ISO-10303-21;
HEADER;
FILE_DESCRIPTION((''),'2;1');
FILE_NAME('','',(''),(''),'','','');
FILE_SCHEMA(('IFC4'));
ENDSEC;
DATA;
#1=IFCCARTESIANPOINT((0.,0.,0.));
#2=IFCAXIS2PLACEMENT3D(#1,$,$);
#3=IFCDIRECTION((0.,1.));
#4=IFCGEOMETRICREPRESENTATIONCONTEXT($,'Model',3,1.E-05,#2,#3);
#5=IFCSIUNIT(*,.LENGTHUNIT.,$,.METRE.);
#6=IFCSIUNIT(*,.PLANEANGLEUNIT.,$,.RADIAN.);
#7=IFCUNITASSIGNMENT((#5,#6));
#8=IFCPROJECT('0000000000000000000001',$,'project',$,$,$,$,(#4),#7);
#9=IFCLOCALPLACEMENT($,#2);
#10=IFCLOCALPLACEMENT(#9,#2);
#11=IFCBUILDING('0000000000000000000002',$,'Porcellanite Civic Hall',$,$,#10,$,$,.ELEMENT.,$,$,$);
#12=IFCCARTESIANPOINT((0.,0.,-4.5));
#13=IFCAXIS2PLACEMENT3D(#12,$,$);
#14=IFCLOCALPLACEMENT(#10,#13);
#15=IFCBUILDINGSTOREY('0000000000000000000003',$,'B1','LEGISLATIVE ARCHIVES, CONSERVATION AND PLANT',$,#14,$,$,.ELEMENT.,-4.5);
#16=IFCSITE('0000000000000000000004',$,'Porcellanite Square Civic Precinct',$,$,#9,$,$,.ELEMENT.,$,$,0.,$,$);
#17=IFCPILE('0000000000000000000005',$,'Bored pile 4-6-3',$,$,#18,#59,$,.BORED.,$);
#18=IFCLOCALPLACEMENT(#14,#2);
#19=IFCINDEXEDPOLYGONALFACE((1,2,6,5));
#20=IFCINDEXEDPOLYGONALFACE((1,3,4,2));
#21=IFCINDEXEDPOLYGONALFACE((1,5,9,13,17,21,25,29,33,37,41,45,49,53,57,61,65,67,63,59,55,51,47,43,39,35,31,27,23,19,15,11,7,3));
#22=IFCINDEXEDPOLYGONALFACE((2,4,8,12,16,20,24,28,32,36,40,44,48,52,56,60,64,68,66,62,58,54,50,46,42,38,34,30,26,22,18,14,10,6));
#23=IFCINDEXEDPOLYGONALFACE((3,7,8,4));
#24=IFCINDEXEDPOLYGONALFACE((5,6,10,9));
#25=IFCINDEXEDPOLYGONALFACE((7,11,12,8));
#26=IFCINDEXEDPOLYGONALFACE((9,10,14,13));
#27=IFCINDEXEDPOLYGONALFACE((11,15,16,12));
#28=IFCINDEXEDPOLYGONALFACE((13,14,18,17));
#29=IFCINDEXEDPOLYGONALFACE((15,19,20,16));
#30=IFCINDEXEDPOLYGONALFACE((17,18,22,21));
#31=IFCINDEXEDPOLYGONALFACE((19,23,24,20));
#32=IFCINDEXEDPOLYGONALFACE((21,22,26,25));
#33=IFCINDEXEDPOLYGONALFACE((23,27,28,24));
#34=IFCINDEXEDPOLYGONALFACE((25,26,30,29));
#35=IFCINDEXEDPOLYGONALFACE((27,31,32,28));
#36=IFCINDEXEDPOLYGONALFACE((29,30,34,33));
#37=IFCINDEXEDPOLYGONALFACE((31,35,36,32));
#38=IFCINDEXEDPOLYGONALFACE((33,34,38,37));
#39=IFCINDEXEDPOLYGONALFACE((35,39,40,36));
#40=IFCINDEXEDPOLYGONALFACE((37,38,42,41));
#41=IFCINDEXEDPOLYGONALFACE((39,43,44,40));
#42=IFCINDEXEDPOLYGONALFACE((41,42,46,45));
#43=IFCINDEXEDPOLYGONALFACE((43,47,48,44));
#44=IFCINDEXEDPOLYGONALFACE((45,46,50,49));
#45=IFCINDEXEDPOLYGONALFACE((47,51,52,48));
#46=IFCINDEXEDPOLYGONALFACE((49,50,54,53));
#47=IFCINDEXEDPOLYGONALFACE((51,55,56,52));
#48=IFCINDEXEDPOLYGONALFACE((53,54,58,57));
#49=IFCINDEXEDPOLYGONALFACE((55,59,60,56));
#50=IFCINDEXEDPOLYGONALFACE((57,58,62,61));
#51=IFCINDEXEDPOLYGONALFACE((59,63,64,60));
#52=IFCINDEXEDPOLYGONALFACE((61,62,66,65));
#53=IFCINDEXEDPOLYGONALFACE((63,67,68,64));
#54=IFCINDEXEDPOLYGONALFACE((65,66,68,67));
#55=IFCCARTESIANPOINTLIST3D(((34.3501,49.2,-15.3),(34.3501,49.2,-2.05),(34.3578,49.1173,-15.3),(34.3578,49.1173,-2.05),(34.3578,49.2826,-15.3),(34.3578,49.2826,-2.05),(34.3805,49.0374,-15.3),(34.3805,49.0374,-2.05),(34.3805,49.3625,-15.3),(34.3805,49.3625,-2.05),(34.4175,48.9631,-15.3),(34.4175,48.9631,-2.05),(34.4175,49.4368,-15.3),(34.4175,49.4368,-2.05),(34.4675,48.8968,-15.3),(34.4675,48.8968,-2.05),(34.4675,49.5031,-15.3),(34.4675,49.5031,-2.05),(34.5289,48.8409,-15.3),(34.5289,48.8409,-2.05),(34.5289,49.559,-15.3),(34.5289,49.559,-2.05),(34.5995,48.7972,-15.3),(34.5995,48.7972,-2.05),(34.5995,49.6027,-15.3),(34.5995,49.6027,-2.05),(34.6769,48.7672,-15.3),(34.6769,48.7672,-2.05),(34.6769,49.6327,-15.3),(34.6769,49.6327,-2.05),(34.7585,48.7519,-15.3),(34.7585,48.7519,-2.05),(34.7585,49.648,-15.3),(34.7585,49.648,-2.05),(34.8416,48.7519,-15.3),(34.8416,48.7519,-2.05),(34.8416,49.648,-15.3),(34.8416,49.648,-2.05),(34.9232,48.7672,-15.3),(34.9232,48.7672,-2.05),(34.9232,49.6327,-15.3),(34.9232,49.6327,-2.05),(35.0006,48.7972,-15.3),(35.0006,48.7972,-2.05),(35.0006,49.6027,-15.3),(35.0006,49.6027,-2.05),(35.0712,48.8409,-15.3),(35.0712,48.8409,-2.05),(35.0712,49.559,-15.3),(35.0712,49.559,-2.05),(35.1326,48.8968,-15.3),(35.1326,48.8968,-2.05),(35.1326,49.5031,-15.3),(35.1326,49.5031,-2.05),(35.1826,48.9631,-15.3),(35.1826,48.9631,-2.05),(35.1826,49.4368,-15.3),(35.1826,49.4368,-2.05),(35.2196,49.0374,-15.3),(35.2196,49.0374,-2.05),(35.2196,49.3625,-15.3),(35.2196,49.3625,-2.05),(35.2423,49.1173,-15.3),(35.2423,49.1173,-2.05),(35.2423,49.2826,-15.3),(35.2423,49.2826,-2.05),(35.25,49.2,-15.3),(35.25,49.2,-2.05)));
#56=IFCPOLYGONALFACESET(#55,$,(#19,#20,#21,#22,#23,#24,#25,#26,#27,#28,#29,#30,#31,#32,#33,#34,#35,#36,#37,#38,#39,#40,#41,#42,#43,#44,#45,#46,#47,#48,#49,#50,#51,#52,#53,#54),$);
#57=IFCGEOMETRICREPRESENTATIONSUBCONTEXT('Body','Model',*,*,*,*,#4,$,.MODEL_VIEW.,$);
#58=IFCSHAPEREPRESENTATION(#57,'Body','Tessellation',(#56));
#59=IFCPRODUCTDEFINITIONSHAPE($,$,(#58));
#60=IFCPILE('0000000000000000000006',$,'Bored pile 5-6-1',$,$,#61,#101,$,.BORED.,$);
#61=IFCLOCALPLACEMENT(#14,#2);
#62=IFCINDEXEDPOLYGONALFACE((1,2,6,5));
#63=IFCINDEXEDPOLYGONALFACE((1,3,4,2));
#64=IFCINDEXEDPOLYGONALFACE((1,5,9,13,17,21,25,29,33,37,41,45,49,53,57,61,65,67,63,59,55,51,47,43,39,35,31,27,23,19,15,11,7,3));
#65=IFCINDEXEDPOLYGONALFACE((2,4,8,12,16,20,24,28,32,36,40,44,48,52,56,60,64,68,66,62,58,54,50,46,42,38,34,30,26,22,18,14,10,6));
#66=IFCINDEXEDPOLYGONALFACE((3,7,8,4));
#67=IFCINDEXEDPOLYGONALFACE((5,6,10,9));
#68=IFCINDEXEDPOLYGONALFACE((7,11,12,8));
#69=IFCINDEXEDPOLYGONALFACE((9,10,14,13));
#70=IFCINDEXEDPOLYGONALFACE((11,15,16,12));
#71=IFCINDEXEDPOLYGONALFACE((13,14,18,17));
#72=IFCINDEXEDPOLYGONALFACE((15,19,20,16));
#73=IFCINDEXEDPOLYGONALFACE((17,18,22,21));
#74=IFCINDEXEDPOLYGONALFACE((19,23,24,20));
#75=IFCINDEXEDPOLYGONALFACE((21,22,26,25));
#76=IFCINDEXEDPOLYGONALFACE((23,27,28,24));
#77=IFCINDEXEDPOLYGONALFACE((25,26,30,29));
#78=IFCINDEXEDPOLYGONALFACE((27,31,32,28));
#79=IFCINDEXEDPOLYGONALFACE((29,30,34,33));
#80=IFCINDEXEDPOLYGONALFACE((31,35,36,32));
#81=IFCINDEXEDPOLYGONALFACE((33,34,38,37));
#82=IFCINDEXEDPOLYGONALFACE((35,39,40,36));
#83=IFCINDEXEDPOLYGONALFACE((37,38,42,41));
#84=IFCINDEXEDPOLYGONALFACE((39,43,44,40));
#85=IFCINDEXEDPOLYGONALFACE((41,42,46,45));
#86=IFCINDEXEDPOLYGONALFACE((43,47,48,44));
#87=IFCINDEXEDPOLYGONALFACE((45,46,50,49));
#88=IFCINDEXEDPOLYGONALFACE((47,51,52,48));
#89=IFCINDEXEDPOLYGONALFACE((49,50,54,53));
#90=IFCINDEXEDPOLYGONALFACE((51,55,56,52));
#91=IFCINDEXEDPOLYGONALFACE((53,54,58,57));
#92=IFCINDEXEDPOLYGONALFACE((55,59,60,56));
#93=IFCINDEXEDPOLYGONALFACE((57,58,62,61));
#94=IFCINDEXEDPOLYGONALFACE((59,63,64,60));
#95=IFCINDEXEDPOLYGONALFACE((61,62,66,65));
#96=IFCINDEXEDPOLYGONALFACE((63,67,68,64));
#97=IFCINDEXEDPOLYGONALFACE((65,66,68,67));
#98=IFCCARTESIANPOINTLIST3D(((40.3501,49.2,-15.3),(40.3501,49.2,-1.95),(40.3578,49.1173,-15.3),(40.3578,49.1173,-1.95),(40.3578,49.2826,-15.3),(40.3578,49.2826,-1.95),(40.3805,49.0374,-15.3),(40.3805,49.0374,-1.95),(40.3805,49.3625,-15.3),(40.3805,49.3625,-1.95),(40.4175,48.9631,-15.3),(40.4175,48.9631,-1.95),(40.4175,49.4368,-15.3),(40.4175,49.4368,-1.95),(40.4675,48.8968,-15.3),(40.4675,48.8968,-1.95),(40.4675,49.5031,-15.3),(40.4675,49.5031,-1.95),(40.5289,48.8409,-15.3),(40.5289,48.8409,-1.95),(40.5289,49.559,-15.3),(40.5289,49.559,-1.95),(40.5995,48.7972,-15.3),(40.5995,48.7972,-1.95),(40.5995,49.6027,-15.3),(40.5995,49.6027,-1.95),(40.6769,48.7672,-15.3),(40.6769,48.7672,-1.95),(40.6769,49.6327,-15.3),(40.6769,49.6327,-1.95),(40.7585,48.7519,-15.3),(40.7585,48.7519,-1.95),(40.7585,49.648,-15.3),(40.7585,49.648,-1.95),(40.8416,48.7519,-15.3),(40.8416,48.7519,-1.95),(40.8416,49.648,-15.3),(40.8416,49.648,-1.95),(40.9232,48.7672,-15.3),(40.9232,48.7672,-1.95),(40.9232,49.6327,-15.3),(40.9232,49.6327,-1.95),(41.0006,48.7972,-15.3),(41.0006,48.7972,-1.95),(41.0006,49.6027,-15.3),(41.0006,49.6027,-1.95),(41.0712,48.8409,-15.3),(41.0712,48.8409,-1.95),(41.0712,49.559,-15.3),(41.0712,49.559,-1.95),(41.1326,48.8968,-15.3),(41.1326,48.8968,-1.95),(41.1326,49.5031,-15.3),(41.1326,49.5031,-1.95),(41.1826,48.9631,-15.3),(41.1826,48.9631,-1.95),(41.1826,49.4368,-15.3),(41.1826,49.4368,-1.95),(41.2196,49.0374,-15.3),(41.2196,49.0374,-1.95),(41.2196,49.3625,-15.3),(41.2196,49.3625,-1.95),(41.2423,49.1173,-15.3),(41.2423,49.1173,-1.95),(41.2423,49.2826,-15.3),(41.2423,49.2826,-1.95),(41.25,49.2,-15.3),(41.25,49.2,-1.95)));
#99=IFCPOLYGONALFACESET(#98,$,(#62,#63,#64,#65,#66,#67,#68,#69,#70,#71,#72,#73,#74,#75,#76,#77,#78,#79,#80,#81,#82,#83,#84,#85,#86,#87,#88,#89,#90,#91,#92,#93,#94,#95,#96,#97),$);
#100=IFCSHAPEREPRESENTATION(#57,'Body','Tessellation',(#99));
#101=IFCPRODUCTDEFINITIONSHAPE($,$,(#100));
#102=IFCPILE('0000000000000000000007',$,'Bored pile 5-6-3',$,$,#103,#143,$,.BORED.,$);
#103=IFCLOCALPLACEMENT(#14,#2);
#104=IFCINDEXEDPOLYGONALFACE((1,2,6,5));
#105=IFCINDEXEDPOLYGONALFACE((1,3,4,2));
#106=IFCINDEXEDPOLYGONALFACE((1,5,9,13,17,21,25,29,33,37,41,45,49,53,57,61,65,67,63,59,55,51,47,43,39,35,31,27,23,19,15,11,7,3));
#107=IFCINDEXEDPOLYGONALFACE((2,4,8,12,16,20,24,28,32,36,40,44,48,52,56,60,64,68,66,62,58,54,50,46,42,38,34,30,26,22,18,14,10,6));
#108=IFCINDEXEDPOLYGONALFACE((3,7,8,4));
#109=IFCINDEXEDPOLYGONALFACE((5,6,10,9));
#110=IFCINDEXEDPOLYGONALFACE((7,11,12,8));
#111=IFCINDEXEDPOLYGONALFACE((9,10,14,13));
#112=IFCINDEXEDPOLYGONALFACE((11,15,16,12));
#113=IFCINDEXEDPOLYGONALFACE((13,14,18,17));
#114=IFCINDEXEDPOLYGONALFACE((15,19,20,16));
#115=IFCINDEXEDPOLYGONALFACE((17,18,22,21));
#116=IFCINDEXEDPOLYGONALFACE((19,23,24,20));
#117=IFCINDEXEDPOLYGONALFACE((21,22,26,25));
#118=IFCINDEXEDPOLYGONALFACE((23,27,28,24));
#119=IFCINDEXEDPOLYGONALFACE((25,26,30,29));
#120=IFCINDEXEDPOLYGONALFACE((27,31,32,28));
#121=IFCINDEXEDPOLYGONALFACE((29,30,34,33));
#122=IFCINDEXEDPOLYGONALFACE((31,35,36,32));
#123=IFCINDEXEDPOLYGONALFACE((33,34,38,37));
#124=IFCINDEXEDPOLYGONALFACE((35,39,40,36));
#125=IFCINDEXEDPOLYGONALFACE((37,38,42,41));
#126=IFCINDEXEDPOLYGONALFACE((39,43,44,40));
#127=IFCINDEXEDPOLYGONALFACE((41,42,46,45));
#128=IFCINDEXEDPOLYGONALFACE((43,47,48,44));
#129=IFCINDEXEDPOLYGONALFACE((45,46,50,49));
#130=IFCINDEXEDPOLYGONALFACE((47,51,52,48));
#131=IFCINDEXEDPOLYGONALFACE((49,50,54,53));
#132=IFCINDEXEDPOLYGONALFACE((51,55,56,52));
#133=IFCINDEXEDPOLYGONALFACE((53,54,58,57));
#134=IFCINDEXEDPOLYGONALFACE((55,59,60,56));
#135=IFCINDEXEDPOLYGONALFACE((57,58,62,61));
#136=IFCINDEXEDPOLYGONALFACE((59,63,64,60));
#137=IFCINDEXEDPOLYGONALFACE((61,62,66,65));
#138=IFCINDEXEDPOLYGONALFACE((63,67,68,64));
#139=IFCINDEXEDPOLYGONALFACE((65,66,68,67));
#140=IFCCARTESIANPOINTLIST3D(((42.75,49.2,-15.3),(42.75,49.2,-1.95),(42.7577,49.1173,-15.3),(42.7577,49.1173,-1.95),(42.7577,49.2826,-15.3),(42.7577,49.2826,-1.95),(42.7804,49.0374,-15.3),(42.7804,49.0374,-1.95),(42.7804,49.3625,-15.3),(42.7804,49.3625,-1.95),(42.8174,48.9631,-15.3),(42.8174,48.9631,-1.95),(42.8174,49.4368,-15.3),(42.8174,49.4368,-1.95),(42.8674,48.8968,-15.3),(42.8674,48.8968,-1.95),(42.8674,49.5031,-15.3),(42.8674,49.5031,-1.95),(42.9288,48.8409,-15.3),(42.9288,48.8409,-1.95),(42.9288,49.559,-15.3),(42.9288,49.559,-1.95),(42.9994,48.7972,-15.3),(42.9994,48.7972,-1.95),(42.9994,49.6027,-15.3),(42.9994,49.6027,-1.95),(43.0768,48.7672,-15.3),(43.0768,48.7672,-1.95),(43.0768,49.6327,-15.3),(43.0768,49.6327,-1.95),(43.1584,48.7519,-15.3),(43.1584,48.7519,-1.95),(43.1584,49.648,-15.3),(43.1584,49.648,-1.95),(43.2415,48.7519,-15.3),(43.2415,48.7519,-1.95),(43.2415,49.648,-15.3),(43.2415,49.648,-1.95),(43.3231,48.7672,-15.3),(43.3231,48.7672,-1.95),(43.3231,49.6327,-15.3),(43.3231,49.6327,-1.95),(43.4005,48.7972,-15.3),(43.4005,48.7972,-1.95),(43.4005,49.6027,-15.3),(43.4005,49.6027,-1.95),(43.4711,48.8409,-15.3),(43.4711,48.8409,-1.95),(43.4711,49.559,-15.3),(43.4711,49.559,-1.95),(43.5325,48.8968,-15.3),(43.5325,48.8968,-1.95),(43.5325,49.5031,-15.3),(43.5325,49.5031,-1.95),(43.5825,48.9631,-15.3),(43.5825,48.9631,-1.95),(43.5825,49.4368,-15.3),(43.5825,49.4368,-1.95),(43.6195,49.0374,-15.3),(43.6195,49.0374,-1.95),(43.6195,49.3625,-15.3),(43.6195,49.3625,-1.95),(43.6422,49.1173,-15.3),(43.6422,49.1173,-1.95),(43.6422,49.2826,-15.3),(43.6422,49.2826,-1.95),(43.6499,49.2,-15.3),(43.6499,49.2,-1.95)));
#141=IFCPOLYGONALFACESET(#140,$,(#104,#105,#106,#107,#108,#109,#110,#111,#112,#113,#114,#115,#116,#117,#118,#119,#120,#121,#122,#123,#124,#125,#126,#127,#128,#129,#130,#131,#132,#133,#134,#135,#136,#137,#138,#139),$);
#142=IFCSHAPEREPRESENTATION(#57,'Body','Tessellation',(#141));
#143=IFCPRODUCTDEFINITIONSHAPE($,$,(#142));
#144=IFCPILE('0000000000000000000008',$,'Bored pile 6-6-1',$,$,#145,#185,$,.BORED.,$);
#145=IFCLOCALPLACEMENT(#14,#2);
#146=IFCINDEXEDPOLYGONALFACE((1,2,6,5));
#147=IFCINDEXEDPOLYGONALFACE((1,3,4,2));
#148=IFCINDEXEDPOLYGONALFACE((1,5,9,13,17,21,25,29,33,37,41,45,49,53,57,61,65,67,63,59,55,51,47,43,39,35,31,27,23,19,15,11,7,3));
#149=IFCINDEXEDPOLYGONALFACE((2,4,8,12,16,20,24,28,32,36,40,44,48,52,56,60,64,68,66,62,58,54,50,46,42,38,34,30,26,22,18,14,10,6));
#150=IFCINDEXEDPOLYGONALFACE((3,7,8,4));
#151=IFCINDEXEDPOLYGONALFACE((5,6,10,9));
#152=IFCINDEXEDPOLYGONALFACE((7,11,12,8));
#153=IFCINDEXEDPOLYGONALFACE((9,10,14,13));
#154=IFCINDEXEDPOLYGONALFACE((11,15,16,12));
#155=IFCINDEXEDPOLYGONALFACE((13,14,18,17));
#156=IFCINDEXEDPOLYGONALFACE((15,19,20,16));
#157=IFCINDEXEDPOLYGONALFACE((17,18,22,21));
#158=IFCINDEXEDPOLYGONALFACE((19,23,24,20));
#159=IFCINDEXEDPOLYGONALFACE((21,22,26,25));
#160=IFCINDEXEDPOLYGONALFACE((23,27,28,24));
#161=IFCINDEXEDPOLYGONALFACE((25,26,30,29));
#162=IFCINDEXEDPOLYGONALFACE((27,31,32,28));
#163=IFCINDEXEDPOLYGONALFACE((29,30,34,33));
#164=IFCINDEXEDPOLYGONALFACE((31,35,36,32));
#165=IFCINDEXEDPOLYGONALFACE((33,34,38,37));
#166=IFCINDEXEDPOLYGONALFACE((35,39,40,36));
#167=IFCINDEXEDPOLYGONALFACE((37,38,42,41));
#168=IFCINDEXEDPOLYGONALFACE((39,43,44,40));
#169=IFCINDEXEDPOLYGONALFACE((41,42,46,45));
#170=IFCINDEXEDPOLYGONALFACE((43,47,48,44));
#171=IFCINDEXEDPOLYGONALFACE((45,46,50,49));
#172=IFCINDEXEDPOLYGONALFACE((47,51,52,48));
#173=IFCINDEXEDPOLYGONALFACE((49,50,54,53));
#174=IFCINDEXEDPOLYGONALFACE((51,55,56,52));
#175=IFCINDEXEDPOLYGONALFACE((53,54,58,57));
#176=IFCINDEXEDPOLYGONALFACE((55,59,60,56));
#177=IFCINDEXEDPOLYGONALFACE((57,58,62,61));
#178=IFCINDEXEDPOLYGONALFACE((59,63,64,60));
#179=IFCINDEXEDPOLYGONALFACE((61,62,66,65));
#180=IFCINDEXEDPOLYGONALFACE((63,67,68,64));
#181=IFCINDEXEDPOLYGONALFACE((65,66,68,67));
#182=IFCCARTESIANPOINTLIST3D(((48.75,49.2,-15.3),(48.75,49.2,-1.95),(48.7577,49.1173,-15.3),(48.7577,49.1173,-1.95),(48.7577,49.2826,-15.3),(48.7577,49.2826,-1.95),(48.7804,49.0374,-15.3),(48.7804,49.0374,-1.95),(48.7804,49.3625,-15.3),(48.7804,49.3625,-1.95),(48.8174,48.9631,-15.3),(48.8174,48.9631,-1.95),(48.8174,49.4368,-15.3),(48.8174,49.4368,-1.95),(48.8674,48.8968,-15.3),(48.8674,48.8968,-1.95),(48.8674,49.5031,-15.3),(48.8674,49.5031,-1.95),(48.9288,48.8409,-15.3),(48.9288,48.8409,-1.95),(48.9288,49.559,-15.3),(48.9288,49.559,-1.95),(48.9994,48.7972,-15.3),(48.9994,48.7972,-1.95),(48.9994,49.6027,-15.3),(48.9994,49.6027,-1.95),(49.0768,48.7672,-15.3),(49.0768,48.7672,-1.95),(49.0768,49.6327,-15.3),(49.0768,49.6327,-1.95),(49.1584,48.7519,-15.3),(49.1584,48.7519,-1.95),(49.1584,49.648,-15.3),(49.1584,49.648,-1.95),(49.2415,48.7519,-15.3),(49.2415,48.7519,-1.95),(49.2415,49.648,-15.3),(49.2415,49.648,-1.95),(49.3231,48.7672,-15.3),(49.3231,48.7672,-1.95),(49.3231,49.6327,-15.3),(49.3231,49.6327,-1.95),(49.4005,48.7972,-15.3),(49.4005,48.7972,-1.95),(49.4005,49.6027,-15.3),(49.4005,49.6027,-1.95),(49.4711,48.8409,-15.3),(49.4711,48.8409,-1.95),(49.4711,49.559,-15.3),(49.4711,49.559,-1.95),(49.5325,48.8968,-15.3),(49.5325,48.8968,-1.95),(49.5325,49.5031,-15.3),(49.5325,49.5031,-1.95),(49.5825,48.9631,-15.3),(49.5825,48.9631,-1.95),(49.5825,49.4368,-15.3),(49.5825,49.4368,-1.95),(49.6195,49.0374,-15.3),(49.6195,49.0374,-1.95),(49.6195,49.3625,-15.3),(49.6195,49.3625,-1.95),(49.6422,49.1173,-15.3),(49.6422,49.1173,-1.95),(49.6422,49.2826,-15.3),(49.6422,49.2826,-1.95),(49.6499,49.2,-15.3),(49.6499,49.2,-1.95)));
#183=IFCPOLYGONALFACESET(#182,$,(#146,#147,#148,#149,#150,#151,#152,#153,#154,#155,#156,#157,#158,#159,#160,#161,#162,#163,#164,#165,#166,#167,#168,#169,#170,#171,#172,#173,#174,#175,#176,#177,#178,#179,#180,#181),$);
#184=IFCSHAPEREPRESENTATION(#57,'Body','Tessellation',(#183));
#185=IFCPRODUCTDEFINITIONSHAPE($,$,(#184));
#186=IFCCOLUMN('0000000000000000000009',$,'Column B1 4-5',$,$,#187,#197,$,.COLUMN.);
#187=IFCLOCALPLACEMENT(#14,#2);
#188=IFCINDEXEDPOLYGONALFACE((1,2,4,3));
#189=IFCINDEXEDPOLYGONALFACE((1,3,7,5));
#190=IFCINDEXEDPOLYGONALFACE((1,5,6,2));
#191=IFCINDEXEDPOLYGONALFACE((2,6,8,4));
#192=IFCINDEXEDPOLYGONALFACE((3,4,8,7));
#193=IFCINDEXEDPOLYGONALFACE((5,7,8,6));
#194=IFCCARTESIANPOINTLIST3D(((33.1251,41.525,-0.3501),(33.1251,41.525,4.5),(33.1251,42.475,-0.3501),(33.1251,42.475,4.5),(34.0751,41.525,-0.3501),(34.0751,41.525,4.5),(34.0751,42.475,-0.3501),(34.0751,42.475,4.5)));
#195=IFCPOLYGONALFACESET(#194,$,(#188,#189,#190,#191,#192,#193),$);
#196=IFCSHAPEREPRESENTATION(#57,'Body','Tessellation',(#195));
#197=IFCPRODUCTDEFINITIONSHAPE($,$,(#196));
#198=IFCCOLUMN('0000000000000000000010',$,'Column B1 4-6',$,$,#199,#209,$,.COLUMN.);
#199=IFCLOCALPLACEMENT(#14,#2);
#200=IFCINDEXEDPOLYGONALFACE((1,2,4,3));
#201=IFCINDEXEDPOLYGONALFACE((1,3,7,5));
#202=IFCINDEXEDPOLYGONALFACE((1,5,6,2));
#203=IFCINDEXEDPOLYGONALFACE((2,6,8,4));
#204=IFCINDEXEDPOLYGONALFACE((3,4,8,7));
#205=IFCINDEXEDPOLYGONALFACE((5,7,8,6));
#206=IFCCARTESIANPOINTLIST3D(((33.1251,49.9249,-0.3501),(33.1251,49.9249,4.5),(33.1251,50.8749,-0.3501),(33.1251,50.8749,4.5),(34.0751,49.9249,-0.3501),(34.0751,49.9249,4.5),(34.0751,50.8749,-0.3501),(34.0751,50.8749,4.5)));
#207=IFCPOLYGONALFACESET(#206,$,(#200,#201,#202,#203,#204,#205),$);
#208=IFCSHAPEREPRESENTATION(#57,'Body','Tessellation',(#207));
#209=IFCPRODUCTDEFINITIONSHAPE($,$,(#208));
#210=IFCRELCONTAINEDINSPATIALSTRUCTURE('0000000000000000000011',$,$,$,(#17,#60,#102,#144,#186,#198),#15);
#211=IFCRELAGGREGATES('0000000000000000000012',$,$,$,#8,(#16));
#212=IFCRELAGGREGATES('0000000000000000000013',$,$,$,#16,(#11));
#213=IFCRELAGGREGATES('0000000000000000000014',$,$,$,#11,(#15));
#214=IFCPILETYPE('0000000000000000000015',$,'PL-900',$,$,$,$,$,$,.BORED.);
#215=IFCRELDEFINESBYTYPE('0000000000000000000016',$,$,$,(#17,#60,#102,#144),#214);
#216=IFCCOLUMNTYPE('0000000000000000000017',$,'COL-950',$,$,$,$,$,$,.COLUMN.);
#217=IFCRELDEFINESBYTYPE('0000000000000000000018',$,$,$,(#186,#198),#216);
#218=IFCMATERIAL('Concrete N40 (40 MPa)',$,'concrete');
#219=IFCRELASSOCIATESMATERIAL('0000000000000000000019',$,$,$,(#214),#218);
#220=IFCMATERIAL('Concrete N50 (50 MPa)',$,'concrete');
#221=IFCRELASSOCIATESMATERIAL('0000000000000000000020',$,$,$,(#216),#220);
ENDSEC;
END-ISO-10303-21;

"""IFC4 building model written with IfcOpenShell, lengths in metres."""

from ifc_helpers import new_model, si_unit, direction, frame, origin, origin_2d, place, context, subcontext, project, spatial, rectangle, circle, extrude, material, material_profile, profile_set, type_object, element, save


model = new_model("IFC4")

# Units and contexts
model_context = context("Model", 3, precision=1e-05, world=origin(), true_north=direction((0.0, 1.0)))
body_context = subcontext(model_context, "Body", "Model", "MODEL_VIEW")
ifc_project = project(units=[si_unit("LENGTHUNIT", "METRE"), si_unit("PLANEANGLEUNIT", "RADIAN")], contexts=[model_context])

# Site, building, storey
site_placement = place(None, origin())
site = spatial("IfcSite", under=ifc_project, at=site_placement, Name="Porcellanite Square Civic Precinct", CompositionType="ELEMENT", RefElevation=0.0)
building_placement = place(site_placement, origin())
building = spatial("IfcBuilding", under=site, at=building_placement, Name="Porcellanite Civic Hall", CompositionType="ELEMENT")
storey_placement = place(building_placement, frame((0.0, 0.0, -4.5)))
storey = spatial("IfcBuildingStorey", under=building, at=storey_placement, Name="B1", Description="LEGISLATIVE ARCHIVES, CONSERVATION AND PLANT", CompositionType="ELEMENT", Elevation=-4.5)

# Piles
ifc_material_1 = material(Name="Concrete N40 (40 MPa)", Category="concrete")
ifc_material_profile_1 = material_profile(ifc_material_1, circle(Radius=0.45, at=origin_2d()), Name="PILE-D900")
ifc_profile_set_1 = profile_set([ifc_material_profile_1], Name="Concrete N40 (40 MPa)")
pile_type = type_object("IfcPileType", Name="PL-900", PredefinedType="BORED", material=ifc_profile_set_1)
for number, where, z_axis, x_axis, name in (
    (1, (34.8, 49.2, -2.05), (0.0, 0.0, -1.0), (1.0, 0.0, 0.0), "Bored pile 4-6-3"),
):
    element("IfcPile", number, at=place(storey_placement, frame(where, z_axis=z_axis, x_axis=x_axis)), inside=storey, type_object=pile_type, Name=name, PredefinedType="BORED", context=body_context, shape_type="SweptSolid", body=[
        extrude(circle(Radius=0.45, at=origin_2d()), origin(), (0.0, 0.0, 1.0), 13.25),
    ])
for number, where, z_axis, x_axis, name in (
    (2, (40.8, 49.2, -1.95), (0.0, 0.0, -1.0), (1.0, 0.0, 0.0), "Bored pile 5-6-1"),
    (3, (43.2, 49.2, -1.95), (0.0, 0.0, -1.0), (1.0, 0.0, 0.0), "Bored pile 5-6-3"),
    (4, (49.2, 49.2, -1.95), (0.0, 0.0, -1.0), (1.0, 0.0, 0.0), "Bored pile 6-6-1"),
):
    element("IfcPile", number, at=place(storey_placement, frame(where, z_axis=z_axis, x_axis=x_axis)), inside=storey, type_object=pile_type, Name=name, PredefinedType="BORED", context=body_context, shape_type="SweptSolid", body=[
        extrude(circle(Radius=0.45, at=origin_2d()), origin(), (0.0, 0.0, 1.0), 13.3501),
    ])

# Columns
ifc_material_2 = material(Name="Concrete N50 (50 MPa)", Category="concrete")
ifc_material_profile_2 = material_profile(ifc_material_2, rectangle(XDim=0.95, YDim=0.95, at=origin_2d()), Name="RC-950x950")
ifc_profile_set_2 = profile_set([ifc_material_profile_2], Name="Concrete N50 (50 MPa)")
column_type = type_object("IfcColumnType", Name="COL-950", PredefinedType="COLUMN", material=ifc_profile_set_2)
for number, where, z_axis, x_axis, name in (
    (5, (33.6001, 42.0, -0.3501), (0.0, 0.0, 1.0), (1.0, 0.0, 0.0), "Column B1 4-5"),
    (6, (33.6001, 50.3999, -0.3501), (0.0, 0.0, 1.0), (1.0, 0.0, 0.0), "Column B1 4-6"),
):
    element("IfcColumn", number, at=place(storey_placement, frame(where, z_axis=z_axis, x_axis=x_axis)), inside=storey, type_object=column_type, Name=name, PredefinedType="COLUMN", context=body_context, shape_type="SweptSolid", body=[
        extrude(rectangle(XDim=0.95, YDim=0.95, at=origin_2d()), origin(), (0.0, 0.0, 1.0), 4.8501),
    ])

save(model, "model.ifc")
